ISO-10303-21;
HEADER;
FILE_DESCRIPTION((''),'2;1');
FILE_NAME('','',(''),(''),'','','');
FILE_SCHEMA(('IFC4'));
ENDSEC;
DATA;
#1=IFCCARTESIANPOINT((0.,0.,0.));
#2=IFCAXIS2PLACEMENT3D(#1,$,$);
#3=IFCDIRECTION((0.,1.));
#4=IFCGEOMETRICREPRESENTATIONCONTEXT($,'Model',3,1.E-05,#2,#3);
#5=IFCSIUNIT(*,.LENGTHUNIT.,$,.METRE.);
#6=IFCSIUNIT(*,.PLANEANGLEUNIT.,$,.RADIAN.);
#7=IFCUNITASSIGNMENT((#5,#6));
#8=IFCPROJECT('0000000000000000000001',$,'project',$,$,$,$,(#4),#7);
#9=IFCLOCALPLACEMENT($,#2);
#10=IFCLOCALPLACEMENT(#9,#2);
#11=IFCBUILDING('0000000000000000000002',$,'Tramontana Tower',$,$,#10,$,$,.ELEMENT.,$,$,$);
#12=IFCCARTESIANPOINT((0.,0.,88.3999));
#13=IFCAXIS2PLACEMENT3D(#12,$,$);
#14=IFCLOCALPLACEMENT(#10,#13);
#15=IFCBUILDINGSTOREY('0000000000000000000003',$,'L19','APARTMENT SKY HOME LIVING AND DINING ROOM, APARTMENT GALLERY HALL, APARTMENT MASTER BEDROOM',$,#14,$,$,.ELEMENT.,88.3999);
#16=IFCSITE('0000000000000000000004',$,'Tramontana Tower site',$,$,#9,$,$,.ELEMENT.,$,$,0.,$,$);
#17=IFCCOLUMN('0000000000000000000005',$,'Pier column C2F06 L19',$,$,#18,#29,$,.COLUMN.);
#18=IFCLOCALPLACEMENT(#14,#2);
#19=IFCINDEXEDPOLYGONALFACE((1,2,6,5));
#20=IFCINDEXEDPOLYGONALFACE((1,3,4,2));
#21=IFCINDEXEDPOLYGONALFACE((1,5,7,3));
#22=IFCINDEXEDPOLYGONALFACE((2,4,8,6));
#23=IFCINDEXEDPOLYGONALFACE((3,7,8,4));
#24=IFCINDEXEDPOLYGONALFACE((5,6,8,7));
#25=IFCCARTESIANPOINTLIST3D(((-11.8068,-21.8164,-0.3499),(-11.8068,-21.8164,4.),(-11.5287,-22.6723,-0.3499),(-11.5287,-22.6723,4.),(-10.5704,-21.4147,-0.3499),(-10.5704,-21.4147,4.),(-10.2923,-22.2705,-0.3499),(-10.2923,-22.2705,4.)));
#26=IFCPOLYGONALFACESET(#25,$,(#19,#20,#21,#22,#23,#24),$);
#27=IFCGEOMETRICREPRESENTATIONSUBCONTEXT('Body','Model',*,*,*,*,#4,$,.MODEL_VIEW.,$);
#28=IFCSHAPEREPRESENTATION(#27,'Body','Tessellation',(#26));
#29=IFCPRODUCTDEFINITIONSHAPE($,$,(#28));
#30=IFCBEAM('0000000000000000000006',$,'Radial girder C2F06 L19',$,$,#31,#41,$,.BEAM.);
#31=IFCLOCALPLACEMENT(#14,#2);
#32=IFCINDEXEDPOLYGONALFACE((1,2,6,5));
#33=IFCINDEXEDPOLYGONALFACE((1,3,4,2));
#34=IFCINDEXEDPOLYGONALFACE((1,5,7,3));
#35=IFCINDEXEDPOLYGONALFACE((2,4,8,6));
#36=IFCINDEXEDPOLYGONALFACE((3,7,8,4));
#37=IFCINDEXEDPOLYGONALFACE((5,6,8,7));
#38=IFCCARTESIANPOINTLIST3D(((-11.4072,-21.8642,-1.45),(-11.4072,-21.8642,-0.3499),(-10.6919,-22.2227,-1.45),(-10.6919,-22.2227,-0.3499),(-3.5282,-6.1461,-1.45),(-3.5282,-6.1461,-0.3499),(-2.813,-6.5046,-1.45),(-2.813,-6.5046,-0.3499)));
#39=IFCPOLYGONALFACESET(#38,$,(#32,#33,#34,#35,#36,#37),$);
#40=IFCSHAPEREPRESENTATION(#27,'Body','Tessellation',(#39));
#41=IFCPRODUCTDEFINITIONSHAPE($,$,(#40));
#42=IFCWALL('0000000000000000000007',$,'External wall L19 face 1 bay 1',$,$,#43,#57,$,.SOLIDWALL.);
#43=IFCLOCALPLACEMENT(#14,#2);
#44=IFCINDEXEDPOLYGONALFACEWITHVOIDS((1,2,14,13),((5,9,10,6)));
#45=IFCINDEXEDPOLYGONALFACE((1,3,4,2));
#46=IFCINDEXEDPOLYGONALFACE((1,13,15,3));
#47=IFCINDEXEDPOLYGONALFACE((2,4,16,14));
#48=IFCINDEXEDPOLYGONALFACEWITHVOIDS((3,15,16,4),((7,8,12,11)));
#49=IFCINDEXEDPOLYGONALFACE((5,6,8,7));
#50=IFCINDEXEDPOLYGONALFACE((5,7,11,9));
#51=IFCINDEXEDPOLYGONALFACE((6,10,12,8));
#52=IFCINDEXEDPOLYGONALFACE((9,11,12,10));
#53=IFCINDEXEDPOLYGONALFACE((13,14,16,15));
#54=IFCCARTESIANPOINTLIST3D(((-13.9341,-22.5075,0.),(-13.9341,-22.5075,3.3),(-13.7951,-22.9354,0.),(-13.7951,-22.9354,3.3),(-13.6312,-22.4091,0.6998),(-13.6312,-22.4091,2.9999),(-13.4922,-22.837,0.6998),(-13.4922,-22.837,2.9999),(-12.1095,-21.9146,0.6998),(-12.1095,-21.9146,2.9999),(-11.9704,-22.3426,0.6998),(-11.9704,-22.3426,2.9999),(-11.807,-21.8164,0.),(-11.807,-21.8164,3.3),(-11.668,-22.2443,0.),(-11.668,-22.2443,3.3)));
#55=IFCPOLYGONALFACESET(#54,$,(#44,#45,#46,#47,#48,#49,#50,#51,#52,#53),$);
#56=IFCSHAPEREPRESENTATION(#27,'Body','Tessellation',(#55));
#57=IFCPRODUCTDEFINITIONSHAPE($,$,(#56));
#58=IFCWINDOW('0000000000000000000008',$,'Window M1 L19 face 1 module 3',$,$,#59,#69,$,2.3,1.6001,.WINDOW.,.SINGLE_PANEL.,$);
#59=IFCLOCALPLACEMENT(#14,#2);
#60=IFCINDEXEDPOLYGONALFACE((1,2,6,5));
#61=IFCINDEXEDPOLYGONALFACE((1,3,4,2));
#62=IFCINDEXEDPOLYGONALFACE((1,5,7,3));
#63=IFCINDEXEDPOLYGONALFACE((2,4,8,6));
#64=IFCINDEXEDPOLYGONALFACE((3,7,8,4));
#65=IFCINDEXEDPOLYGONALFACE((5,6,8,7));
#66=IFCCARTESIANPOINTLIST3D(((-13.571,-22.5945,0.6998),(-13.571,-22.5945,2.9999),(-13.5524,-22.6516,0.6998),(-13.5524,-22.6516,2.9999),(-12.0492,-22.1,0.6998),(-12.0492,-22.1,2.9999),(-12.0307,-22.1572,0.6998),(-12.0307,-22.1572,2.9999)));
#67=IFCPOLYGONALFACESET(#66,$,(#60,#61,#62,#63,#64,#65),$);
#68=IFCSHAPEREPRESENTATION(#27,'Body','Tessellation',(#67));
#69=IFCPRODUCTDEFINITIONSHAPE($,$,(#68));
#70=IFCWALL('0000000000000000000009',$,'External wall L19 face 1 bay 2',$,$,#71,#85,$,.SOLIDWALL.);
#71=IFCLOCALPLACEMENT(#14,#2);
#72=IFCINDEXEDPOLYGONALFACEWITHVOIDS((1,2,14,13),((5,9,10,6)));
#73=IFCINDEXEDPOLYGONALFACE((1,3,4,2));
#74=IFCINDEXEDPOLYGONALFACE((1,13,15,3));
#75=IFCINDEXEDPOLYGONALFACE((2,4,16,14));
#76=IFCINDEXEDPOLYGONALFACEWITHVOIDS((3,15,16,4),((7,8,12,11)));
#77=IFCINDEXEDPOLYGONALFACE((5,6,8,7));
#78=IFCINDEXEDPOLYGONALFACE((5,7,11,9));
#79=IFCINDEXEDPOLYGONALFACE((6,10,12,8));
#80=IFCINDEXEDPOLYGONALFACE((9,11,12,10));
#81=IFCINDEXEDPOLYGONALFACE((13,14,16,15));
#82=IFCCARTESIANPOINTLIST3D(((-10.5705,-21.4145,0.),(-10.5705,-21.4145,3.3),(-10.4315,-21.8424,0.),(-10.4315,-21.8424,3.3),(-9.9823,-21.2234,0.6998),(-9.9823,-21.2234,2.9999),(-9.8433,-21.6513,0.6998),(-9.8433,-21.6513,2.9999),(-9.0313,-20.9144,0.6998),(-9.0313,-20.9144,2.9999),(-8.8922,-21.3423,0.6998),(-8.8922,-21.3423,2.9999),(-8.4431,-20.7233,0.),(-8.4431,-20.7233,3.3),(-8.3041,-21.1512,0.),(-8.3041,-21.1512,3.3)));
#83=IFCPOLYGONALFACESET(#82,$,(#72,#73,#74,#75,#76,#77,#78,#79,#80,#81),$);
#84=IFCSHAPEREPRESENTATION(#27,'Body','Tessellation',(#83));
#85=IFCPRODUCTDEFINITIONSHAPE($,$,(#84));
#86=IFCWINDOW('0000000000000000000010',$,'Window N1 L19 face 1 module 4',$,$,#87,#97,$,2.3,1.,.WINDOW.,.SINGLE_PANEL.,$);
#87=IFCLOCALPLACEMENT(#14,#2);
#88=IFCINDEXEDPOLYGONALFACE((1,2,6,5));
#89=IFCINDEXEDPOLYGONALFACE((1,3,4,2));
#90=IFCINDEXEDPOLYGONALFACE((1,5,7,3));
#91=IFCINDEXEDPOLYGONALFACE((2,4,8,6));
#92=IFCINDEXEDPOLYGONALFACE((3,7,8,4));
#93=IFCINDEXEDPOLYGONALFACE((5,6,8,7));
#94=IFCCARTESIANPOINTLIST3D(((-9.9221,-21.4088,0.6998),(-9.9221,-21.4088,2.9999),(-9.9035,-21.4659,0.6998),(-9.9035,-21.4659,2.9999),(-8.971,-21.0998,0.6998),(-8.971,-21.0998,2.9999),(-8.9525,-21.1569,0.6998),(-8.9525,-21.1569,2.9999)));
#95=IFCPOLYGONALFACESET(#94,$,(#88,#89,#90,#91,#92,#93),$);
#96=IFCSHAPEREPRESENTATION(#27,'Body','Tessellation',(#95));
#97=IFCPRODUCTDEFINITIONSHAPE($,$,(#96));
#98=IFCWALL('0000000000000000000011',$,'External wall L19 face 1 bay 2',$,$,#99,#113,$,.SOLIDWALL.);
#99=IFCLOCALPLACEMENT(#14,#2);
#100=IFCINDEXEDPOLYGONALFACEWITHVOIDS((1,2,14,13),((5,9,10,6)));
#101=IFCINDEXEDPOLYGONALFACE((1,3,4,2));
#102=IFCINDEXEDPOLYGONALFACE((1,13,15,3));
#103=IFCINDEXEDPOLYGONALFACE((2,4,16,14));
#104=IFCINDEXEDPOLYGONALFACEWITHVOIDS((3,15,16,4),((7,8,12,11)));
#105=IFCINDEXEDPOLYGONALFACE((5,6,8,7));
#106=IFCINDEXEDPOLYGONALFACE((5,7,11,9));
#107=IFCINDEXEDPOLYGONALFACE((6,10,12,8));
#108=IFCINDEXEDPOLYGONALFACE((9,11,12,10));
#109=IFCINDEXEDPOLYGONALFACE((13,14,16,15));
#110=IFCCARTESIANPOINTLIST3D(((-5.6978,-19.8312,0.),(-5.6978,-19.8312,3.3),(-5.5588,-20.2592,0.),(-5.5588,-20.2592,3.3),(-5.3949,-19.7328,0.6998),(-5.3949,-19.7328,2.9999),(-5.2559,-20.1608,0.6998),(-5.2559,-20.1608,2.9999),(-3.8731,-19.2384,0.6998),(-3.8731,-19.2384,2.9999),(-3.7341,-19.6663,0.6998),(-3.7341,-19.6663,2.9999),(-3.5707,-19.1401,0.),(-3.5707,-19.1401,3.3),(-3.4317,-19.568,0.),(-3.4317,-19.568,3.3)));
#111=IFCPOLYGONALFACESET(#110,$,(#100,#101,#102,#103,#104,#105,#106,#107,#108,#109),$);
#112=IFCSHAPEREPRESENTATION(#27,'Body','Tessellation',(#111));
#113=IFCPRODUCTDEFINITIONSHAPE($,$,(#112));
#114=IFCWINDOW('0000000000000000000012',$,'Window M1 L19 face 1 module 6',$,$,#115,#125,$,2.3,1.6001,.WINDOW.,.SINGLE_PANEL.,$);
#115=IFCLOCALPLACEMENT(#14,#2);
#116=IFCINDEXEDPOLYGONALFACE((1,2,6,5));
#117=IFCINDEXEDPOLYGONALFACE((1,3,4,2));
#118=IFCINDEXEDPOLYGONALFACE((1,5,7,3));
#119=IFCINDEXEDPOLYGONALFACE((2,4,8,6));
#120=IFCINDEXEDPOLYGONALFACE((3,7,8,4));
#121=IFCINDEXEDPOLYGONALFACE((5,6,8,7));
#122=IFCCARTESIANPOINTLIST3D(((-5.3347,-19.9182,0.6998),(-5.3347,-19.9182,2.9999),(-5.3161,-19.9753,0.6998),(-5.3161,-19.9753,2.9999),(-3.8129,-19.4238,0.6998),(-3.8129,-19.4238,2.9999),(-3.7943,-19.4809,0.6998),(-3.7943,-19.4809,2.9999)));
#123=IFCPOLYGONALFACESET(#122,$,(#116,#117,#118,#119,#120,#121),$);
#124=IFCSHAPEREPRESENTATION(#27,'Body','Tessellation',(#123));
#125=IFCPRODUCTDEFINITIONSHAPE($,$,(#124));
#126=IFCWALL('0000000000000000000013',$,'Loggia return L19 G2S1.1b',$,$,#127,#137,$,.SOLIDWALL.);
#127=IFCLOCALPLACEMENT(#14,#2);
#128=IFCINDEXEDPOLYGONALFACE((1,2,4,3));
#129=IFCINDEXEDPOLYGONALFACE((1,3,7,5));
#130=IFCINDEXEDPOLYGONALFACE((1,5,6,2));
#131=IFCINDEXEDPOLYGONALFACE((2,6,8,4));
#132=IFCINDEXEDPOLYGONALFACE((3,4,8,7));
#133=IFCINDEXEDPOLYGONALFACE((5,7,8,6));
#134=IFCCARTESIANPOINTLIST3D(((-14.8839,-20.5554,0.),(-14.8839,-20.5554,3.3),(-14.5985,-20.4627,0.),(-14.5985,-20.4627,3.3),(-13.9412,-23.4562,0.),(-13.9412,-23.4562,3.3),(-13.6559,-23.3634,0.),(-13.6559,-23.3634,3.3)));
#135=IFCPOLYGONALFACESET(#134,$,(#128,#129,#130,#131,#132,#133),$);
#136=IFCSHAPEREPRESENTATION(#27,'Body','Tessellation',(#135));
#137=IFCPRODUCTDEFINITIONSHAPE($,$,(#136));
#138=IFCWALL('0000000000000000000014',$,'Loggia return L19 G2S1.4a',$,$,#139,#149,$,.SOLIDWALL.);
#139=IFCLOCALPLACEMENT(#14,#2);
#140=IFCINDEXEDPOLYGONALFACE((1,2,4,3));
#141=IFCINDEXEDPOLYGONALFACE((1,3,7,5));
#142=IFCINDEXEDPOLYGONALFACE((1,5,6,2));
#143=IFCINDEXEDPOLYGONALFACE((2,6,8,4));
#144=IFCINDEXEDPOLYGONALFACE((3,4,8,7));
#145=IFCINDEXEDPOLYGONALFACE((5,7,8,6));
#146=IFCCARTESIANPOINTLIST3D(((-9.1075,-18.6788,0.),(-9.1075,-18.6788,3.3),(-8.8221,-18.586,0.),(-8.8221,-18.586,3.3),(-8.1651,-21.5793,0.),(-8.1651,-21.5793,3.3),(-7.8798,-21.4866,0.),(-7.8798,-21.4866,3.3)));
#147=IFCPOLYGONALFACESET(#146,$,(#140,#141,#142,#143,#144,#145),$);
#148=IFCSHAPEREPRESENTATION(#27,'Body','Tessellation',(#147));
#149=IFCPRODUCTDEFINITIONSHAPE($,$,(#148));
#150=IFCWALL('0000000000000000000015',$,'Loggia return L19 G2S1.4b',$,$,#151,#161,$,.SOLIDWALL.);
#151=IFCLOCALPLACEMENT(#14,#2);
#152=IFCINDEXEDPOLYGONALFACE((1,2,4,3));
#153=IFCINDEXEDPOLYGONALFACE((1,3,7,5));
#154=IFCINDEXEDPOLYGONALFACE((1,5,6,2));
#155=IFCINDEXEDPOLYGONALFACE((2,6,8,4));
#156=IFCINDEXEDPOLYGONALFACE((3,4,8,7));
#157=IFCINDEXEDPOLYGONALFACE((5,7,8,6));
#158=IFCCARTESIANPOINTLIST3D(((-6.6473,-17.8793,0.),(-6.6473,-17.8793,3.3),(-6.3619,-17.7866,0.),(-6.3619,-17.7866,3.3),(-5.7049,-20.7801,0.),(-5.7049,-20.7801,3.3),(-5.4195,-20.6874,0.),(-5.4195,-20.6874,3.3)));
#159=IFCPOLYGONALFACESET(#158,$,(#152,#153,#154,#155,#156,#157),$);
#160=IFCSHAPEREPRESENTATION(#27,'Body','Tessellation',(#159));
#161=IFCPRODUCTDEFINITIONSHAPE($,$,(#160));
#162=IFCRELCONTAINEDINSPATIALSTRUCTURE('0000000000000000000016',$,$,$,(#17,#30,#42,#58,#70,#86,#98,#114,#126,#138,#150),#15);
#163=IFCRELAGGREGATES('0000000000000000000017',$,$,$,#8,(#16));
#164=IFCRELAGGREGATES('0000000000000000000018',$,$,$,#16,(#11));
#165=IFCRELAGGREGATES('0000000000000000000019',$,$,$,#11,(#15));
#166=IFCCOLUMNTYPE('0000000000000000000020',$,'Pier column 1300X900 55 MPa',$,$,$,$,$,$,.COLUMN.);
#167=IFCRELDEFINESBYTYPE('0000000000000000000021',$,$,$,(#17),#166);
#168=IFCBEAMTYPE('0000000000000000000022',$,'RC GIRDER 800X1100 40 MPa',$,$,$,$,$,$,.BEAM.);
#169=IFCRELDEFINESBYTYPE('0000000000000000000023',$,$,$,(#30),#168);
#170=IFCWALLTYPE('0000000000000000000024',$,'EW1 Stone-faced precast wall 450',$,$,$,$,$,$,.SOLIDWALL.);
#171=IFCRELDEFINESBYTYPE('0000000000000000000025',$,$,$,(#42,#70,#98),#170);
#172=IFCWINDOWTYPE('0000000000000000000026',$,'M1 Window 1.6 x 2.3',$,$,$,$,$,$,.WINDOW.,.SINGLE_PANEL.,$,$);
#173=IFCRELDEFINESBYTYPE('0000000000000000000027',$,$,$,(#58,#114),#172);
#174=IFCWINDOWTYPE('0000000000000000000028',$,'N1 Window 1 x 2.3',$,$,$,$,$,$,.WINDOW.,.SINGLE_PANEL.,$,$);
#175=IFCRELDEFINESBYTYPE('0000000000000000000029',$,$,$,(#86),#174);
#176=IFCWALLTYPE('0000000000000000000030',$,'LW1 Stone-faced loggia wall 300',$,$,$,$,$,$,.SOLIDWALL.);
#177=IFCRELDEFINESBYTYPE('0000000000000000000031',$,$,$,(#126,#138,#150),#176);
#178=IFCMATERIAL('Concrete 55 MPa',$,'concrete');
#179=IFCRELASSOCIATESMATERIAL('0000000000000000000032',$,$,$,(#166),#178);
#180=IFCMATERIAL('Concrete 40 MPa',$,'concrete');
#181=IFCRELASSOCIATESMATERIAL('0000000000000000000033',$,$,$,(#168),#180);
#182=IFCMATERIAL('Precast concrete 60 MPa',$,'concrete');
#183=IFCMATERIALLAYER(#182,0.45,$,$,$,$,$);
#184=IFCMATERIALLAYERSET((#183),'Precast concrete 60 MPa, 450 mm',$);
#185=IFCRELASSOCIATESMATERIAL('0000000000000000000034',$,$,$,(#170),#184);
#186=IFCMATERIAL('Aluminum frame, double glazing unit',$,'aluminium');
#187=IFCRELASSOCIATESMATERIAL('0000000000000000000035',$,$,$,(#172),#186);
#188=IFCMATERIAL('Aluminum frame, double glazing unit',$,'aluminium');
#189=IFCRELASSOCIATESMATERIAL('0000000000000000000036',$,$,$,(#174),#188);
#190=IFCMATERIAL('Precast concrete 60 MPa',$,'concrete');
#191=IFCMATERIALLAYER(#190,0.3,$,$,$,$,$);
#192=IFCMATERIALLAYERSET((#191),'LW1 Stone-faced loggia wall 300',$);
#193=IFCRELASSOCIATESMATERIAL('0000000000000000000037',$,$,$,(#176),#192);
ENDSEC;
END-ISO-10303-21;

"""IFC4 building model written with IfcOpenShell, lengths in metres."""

from ifc_helpers import new_model, si_unit, direction, frame, frame_2d, origin, origin_2d, place, context, subcontext, project, spatial, rectangle, extrude, material, layer, layer_set, material_profile, profile_set, type_object, element, fill, save


model = new_model("IFC4")

# Units and contexts
model_context = context("Model", 3, precision=1e-05, world=origin(), true_north=direction((0.0, 1.0)))
body_context = subcontext(model_context, "Body", "Model", "MODEL_VIEW")
ifc_project = project(units=[si_unit("LENGTHUNIT", "METRE"), si_unit("PLANEANGLEUNIT", "RADIAN")], contexts=[model_context])

# Site, building, storey
site_placement = place(None, origin())
site = spatial("IfcSite", under=ifc_project, at=site_placement, Name="Tramontana Tower site", CompositionType="ELEMENT", RefElevation=0.0)
building_placement = place(site_placement, origin())
building = spatial("IfcBuilding", under=site, at=building_placement, Name="Tramontana Tower", CompositionType="ELEMENT")
storey_placement = place(building_placement, frame((0.0, 0.0, 88.3999)))
storey = spatial("IfcBuildingStorey", under=building, at=storey_placement, Name="L19", Description="APARTMENT SKY HOME LIVING AND DINING ROOM, APARTMENT GALLERY HALL, APARTMENT MASTER BEDROOM", CompositionType="ELEMENT", Elevation=88.3999)

# Column
ifc_material_1 = material(Name="Concrete 55 MPa", Category="concrete")
ifc_material_profile_1 = material_profile(ifc_material_1, rectangle(XDim=1.3, YDim=0.8999, at=origin_2d()), Name="Pier column 1300X900 55 MPa")
ifc_profile_set_1 = profile_set([ifc_material_profile_1], Name="Concrete 55 MPa")
column_type = type_object("IfcColumnType", Name="Pier column 1300X900 55 MPa", PredefinedType="COLUMN", material=ifc_profile_set_1)
column_placement = place(storey_placement, frame((-11.0496, -22.0435, -0.3499), z_axis=(0.0, 0.0, 1.0), x_axis=(0.951057, 0.309017, 0.0)))
element("IfcColumn", 1, at=column_placement, inside=storey, type_object=column_type, Name="Pier column C2F06 L19", PredefinedType="COLUMN", context=body_context, shape_type="SweptSolid", body=[
    extrude(rectangle(XDim=1.3, YDim=0.8999, at=origin_2d()), origin(), (0.0, 0.0, 1.0), 4.3499),
])

# Beam
ifc_material_2 = material(Name="Concrete 40 MPa", Category="concrete")
ifc_material_profile_2 = material_profile(ifc_material_2, rectangle(XDim=0.8, YDim=1.1001, at=origin_2d()), Name="RC GIRDER 800X1100 40 MPa")
ifc_profile_set_2 = profile_set([ifc_material_profile_2], Name="Concrete 40 MPa")
beam_type = type_object("IfcBeamType", Name="RC GIRDER 800X1100 40 MPa", PredefinedType="BEAM", material=ifc_profile_set_2)
beam_placement = place(storey_placement, frame((-11.0496, -22.0435, -0.8999), z_axis=(0.448119, 0.893974, 0.0), x_axis=(-0.893974, 0.448119, 0.0)))
element("IfcBeam", 2, at=beam_placement, inside=storey, type_object=beam_type, Name="Radial girder C2F06 L19", PredefinedType="BEAM", context=body_context, shape_type="SweptSolid", body=[
    extrude(rectangle(XDim=0.8, YDim=1.1001, at=origin_2d()), origin(), (0.0, 0.0, 1.0), 17.5823),
])

# Walls, openings, windows
ifc_material_3 = material(Name="Precast concrete 60 MPa", Category="concrete")
ifc_layer_1 = layer(ifc_material_3, 0.45)
ifc_layer_set_1 = layer_set([ifc_layer_1], Name="Precast concrete 60 MPa, 450 mm")
wall_type_1 = type_object("IfcWallType", Name="EW1 Stone-faced precast wall 450", PredefinedType="SOLIDWALL", material=ifc_layer_set_1)
wall_1_placement = place(storey_placement, frame((-13.8645, -22.7214, 0.0), z_axis=(0.0, 0.0, 1.0), x_axis=(0.951057, 0.309014, 0.0)))
wall_1 = element("IfcWall", 3, at=wall_1_placement, inside=storey, type_object=wall_type_1, Name="External wall L19 face 1 bay 1", PredefinedType="SOLIDWALL", context=body_context, shape_type="SweptSolid", body=[
    extrude(rectangle(XDim=2.2366, YDim=0.45, at=frame_2d((1.1182, 0.0))), origin(), (0.0, 0.0, 1.0), 3.3),
])
opening_1_placement = place(wall_1_placement, frame((0.3184, 0.0, 0.7)))
opening_1 = element("IfcOpeningElement", 4, at=opening_1_placement, cuts=wall_1, PredefinedType="OPENING", context=body_context, shape_type="SweptSolid", body=[
    extrude(rectangle(XDim=1.6001, YDim=2.3, at=frame_2d((0.8, 1.1499))), frame((0.0, 0.2349, 0.0), z_axis=(0.0, -1.0, 0.0), x_axis=(1.0, 0.0, 0.0)), (0.0, 0.0, 1.0), 0.47),
])
ifc_material_4 = material(Name="Aluminum frame, double glazing unit", Category="aluminium")
window_type_1 = type_object("IfcWindowType", Name="M1 Window 1.6 x 2.3", PartitioningType="SINGLE_PANEL", PredefinedType="WINDOW", material=ifc_material_4)
window_1_placement = place(opening_1_placement, origin())
window_1 = element("IfcWindow", 5, at=window_1_placement, inside=storey, type_object=window_type_1, Name="Window M1 L19 face 1 module 3", OverallHeight=2.3, OverallWidth=1.6001, PartitioningType="SINGLE_PANEL", PredefinedType="WINDOW", context=body_context, shape_type="SweptSolid", body=[
    extrude(rectangle(XDim=1.6001, YDim=2.3, at=frame_2d((0.8, 1.1499))), frame((0.0, 0.03, 0.0), z_axis=(0.0, -1.0, 0.0), x_axis=(1.0, 0.0, 0.0)), (0.0, 0.0, 1.0), 0.0601),
])
fill(opening_1, window_1)
wall_2_placement = place(storey_placement, frame((-10.501, -21.6284, 0.0), z_axis=(0.0, 0.0, 1.0), x_axis=(0.951068, 0.308982, 0.0)))
wall_2 = element("IfcWall", 6, at=wall_2_placement, inside=storey, type_object=wall_type_1, Name="External wall L19 face 1 bay 2", PredefinedType="SOLIDWALL", context=body_context, shape_type="SweptSolid", body=[
    extrude(rectangle(XDim=2.2368, YDim=0.45, at=frame_2d((1.1184, 0.0))), origin(), (0.0, 0.0, 1.0), 3.3),
])
opening_2_placement = place(wall_2_placement, frame((0.6184, 0.0, 0.7)))
opening_2 = element("IfcOpeningElement", 7, at=opening_2_placement, cuts=wall_2, PredefinedType="OPENING", context=body_context, shape_type="SweptSolid", body=[
    extrude(rectangle(XDim=1.0, YDim=2.3, at=frame_2d((0.5, 1.1499))), frame((0.0, 0.2349, 0.0), z_axis=(0.0, -1.0, 0.0), x_axis=(1.0, 0.0, 0.0)), (0.0, 0.0, 1.0), 0.47),
])
ifc_material_5 = material(Name="Aluminum frame, double glazing unit", Category="aluminium")
window_type_2 = type_object("IfcWindowType", Name="N1 Window 1 x 2.3", PartitioningType="SINGLE_PANEL", PredefinedType="WINDOW", material=ifc_material_5)
window_2_placement = place(opening_2_placement, origin())
window_2 = element("IfcWindow", 8, at=window_2_placement, inside=storey, type_object=window_type_2, Name="Window N1 L19 face 1 module 4", OverallHeight=2.3, OverallWidth=1.0, PartitioningType="SINGLE_PANEL", PredefinedType="WINDOW", context=body_context, shape_type="SweptSolid", body=[
    extrude(rectangle(XDim=1.0, YDim=2.3, at=frame_2d((0.5, 1.1499))), frame((0.0, 0.03, 0.0), z_axis=(0.0, -1.0, 0.0), x_axis=(1.0, 0.0, 0.0)), (0.0, 0.0, 1.0), 0.0601),
])
fill(opening_2, window_2)
wall_3_placement = place(storey_placement, frame((-5.6282, -20.0452, 0.0), z_axis=(0.0, 0.0, 1.0), x_axis=(0.951057, 0.309014, 0.0)))
wall_3 = element("IfcWall", 9, at=wall_3_placement, inside=storey, type_object=wall_type_1, Name="External wall L19 face 1 bay 2", PredefinedType="SOLIDWALL", context=body_context, shape_type="SweptSolid", body=[
    extrude(rectangle(XDim=2.2366, YDim=0.45, at=frame_2d((1.1182, 0.0))), origin(), (0.0, 0.0, 1.0), 3.3),
])
opening_3_placement = place(wall_3_placement, frame((0.3184, 0.0, 0.7)))
opening_3 = element("IfcOpeningElement", 10, at=opening_3_placement, cuts=wall_3, PredefinedType="OPENING", context=body_context, shape_type="SweptSolid", body=[
    extrude(rectangle(XDim=1.6001, YDim=2.3, at=frame_2d((0.8, 1.1499))), frame((0.0, 0.2349, 0.0), z_axis=(0.0, -1.0, 0.0), x_axis=(1.0, 0.0, 0.0)), (0.0, 0.0, 1.0), 0.47),
])
window_3_placement = place(opening_3_placement, origin())
window_3 = element("IfcWindow", 11, at=window_3_placement, inside=storey, type_object=window_type_1, Name="Window M1 L19 face 1 module 6", OverallHeight=2.3, OverallWidth=1.6001, PartitioningType="SINGLE_PANEL", PredefinedType="WINDOW", context=body_context, shape_type="SweptSolid", body=[
    extrude(rectangle(XDim=1.6001, YDim=2.3, at=frame_2d((0.8, 1.1499))), frame((0.0, 0.03, 0.0), z_axis=(0.0, -1.0, 0.0), x_axis=(1.0, 0.0, 0.0)), (0.0, 0.0, 1.0), 0.0601),
])
fill(opening_3, window_3)

# Wall
ifc_material_6 = material(Name="Precast concrete 60 MPa", Category="concrete")
ifc_layer_2 = layer(ifc_material_6, 0.3)
ifc_layer_set_2 = layer_set([ifc_layer_2], Name="LW1 Stone-faced loggia wall 300")
wall_type_2 = type_object("IfcWallType", Name="LW1 Stone-faced loggia wall 300", PredefinedType="SOLIDWALL", material=ifc_layer_set_2)
wall_4_placement = place(storey_placement, frame((-13.7986, -23.4097, 0.0), z_axis=(0.0, 0.0, 1.0), x_axis=(-0.309063, 0.951042, 0.0)))
element("IfcWall", 12, at=wall_4_placement, inside=storey, type_object=wall_type_2, Name="Loggia return L19 G2S1.1b", PredefinedType="SOLIDWALL", context=body_context, shape_type="SweptSolid", body=[
    extrude(rectangle(XDim=3.05, YDim=0.3, at=frame_2d((1.5249, 0.0))), origin(), (0.0, 0.0, 1.0), 3.3),
])

# Walls
wall_5_placement = place(storey_placement, frame((-8.0225, -21.533, 0.0), z_axis=(0.0, 0.0, 1.0), x_axis=(-0.30899, 0.951065, 0.0)))
element("IfcWall", 13, at=wall_5_placement, inside=storey, type_object=wall_type_2, Name="Loggia return L19 G2S1.4a", PredefinedType="SOLIDWALL", context=body_context, shape_type="SweptSolid", body=[
    extrude(rectangle(XDim=3.0498, YDim=0.3, at=frame_2d((1.5249, 0.0))), origin(), (0.0, 0.0, 1.0), 3.3),
])
wall_6_placement = place(storey_placement, frame((-5.5623, -20.7336, 0.0), z_axis=(0.0, 0.0, 1.0), x_axis=(-0.308967, 0.951073, 0.0)))
element("IfcWall", 14, at=wall_6_placement, inside=storey, type_object=wall_type_2, Name="Loggia return L19 G2S1.4b", PredefinedType="SOLIDWALL", context=body_context, shape_type="SweptSolid", body=[
    extrude(rectangle(XDim=3.05, YDim=0.3, at=frame_2d((1.5249, 0.0))), origin(), (0.0, 0.0, 1.0), 3.3),
])

save(model, "model.ifc")
